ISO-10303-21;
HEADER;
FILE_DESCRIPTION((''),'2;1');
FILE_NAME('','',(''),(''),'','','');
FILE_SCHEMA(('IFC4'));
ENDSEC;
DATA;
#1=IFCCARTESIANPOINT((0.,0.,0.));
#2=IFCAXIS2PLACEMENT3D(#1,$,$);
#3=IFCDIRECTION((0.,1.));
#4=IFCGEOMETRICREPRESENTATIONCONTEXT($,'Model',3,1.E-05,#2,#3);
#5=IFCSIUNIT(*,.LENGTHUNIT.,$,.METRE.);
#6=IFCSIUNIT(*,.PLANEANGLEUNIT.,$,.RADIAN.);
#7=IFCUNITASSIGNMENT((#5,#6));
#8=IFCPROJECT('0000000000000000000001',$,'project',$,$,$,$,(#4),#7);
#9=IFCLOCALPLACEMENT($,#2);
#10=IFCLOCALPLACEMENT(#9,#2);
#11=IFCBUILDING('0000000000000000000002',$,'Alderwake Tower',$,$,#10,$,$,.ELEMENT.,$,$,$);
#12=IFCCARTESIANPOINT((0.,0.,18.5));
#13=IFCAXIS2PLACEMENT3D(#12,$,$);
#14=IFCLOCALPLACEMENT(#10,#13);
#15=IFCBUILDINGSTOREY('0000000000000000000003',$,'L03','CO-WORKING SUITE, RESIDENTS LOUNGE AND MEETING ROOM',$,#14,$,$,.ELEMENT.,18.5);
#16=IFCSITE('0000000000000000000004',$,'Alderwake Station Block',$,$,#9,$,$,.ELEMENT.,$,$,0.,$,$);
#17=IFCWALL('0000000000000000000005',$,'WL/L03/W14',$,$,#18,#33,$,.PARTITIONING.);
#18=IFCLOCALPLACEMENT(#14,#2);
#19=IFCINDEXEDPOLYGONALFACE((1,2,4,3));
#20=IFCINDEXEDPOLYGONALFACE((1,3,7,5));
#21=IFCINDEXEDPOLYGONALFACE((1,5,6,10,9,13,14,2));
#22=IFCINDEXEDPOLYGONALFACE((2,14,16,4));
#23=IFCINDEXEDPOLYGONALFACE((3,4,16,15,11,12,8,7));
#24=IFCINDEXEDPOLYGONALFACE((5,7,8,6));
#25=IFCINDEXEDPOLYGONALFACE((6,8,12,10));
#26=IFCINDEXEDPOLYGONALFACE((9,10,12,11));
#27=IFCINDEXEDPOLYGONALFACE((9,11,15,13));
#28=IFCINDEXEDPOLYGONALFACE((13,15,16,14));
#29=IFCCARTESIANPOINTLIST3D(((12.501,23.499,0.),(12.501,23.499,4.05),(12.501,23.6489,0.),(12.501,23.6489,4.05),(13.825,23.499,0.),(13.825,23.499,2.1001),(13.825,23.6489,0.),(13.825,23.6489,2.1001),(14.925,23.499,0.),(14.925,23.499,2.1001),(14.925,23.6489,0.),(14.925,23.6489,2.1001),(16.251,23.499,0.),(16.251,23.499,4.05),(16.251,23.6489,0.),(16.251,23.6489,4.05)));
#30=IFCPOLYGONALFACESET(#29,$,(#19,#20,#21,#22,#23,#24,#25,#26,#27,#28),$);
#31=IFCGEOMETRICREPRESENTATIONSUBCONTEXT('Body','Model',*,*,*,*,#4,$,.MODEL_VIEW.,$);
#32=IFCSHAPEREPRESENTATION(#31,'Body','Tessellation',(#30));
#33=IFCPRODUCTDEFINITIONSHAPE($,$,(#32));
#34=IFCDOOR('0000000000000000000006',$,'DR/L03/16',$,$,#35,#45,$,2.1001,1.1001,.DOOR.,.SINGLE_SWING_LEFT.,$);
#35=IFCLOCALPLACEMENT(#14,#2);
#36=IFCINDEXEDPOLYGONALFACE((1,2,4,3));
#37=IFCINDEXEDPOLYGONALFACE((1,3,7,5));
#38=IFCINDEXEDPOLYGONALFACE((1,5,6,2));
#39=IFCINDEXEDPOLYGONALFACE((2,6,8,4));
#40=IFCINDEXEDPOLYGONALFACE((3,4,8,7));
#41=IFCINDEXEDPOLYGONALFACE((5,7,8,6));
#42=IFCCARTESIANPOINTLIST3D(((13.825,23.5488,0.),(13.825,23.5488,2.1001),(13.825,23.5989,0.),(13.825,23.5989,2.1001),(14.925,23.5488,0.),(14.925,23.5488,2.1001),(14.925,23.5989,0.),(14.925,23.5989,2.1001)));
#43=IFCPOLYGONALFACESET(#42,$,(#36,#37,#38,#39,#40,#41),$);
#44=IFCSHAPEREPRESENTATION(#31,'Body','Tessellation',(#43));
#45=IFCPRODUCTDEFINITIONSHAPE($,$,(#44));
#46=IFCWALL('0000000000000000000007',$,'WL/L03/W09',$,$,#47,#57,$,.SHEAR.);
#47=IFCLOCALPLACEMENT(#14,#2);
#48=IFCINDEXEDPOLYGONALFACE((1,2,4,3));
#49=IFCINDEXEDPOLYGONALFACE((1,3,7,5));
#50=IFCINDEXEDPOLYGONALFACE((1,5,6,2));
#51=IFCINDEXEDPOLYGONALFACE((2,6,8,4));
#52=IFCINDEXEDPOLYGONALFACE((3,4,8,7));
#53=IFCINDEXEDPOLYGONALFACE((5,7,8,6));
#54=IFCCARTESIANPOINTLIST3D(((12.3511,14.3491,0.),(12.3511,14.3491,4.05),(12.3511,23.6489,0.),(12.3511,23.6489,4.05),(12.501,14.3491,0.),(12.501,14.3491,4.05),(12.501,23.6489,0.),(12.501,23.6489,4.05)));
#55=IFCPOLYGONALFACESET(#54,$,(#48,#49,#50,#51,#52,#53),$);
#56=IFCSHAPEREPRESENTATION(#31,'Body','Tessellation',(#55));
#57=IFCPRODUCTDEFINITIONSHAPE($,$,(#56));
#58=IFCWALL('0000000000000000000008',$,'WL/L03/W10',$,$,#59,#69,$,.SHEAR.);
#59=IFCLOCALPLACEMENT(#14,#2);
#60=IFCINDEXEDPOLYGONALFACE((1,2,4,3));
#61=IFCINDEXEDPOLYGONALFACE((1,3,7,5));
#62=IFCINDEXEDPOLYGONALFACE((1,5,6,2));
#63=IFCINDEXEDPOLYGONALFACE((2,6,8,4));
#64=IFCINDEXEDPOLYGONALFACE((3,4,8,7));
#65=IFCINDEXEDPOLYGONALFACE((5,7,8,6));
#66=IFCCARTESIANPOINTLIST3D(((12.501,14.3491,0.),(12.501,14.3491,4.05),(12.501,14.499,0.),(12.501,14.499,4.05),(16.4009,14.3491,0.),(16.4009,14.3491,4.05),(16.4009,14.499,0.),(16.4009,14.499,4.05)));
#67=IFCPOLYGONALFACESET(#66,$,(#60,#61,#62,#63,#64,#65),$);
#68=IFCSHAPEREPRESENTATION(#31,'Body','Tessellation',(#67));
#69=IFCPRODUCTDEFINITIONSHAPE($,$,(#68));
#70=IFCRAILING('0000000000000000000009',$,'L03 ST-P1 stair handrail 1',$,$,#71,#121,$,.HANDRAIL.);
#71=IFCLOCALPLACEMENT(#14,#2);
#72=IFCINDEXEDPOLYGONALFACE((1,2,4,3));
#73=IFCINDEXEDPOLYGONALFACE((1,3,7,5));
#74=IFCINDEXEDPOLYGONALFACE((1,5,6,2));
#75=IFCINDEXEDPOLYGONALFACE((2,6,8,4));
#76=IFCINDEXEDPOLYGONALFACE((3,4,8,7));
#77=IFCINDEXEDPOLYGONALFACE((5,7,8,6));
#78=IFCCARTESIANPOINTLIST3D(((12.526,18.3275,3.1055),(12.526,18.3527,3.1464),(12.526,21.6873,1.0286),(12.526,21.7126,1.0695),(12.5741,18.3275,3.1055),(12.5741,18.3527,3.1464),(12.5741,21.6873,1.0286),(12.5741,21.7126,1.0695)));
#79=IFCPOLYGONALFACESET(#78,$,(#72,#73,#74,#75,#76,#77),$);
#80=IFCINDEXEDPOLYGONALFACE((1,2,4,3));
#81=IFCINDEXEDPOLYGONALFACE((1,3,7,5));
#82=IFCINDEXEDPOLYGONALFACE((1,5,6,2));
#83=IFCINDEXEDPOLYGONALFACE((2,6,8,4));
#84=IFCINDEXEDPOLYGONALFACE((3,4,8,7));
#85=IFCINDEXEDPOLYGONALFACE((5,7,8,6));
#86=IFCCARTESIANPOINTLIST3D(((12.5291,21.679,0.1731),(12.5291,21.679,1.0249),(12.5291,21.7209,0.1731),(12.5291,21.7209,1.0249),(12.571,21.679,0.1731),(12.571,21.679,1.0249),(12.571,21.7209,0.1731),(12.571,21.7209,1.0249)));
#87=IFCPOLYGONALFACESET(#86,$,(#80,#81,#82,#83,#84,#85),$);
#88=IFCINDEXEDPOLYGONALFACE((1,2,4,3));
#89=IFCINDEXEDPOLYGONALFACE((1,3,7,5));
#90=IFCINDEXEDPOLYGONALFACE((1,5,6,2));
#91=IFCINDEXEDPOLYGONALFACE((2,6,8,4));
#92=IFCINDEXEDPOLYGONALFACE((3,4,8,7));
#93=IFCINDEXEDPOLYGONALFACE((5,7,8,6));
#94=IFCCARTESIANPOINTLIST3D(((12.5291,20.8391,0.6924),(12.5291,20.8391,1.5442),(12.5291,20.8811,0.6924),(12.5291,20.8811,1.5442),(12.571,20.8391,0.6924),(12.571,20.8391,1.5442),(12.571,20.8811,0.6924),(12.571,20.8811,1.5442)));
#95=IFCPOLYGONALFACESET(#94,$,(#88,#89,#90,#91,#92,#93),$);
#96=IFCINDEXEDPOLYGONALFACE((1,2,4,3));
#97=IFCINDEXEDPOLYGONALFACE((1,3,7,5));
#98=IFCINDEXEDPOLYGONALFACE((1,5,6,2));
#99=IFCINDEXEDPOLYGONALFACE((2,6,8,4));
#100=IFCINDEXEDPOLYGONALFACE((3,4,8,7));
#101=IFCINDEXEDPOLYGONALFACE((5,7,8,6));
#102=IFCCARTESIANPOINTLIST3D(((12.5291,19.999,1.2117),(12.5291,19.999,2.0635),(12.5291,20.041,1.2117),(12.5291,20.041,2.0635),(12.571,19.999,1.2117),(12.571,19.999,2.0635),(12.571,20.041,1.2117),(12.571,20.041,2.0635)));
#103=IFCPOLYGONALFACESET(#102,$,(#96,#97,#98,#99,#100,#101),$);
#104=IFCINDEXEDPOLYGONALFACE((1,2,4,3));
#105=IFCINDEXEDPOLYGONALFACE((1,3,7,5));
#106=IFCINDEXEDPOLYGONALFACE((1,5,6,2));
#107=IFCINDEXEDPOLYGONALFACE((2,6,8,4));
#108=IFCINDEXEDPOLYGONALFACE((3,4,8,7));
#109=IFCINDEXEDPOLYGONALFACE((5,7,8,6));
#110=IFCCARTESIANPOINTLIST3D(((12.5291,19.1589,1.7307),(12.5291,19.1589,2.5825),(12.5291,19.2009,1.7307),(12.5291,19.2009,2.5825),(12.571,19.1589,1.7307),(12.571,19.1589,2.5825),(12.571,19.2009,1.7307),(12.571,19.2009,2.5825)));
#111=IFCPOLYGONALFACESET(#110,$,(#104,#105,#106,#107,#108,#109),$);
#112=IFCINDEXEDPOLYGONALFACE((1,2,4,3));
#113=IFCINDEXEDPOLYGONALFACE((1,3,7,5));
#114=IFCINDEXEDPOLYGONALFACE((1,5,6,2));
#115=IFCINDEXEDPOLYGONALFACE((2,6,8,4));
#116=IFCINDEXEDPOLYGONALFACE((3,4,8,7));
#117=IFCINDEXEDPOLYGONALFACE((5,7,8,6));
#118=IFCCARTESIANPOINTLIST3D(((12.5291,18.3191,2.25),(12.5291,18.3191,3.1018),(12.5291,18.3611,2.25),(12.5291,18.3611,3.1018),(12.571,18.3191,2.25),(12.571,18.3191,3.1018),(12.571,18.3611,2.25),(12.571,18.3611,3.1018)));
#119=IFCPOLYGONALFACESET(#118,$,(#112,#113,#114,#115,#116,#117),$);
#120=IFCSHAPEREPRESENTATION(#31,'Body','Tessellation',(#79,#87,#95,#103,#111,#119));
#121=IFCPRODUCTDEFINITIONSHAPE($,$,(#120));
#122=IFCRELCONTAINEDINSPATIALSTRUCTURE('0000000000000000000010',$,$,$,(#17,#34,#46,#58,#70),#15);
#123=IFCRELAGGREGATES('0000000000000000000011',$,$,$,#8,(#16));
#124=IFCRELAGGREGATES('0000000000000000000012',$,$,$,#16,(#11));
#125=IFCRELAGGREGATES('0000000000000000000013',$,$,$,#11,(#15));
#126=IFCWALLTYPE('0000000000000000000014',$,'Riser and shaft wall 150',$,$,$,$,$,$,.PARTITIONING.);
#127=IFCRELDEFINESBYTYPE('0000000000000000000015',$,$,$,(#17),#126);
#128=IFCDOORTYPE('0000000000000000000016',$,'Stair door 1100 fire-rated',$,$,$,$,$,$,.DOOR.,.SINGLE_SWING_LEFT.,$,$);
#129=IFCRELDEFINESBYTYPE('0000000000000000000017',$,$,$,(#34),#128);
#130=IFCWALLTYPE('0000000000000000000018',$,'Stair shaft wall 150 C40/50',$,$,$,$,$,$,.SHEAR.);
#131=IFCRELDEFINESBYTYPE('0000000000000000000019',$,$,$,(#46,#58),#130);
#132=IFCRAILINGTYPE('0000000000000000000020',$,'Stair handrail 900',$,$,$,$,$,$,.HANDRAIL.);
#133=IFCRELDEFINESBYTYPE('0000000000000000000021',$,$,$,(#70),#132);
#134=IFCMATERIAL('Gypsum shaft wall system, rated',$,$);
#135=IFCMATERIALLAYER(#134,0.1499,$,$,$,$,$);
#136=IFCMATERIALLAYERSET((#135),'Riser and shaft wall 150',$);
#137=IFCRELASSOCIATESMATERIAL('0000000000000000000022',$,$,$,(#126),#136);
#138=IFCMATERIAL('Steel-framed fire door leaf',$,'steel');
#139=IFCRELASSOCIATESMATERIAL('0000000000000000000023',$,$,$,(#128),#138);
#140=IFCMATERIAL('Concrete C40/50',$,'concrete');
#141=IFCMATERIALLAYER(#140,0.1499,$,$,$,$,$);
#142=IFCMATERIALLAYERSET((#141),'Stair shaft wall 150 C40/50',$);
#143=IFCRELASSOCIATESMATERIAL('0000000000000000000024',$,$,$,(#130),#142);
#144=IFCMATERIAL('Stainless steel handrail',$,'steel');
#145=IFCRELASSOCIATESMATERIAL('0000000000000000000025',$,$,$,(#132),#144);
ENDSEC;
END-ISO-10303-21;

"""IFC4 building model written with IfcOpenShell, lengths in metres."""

from ifc_helpers import new_model, si_unit, direction, frame, frame_2d, origin, origin_2d, place, context, subcontext, project, spatial, rectangle, extrude, material, layer, layer_set, type_object, element, fill, save


model = new_model("IFC4")

# Units and contexts
model_context = context("Model", 3, precision=1e-05, world=origin(), true_north=direction((0.0, 1.0)))
body_context = subcontext(model_context, "Body", "Model", "MODEL_VIEW")
ifc_project = project(units=[si_unit("LENGTHUNIT", "METRE"), si_unit("PLANEANGLEUNIT", "RADIAN")], contexts=[model_context])

# Site, building, storey
site_placement = place(None, origin())
site = spatial("IfcSite", under=ifc_project, at=site_placement, Name="Alderwake Station Block", CompositionType="ELEMENT", RefElevation=0.0)
building_placement = place(site_placement, origin())
building = spatial("IfcBuilding", under=site, at=building_placement, Name="Alderwake Tower", CompositionType="ELEMENT")
storey_placement = place(building_placement, frame((0.0, 0.0, 18.5)))
storey = spatial("IfcBuildingStorey", under=building, at=storey_placement, Name="L03", Description="CO-WORKING SUITE, RESIDENTS LOUNGE AND MEETING ROOM", CompositionType="ELEMENT", Elevation=18.5)

# Wall, opening, door
ifc_material_1 = material(Name="Gypsum shaft wall system, rated")
ifc_layer_1 = layer(ifc_material_1, 0.1499)
ifc_layer_set_1 = layer_set([ifc_layer_1], Name="Riser and shaft wall 150")
wall_type_1 = type_object("IfcWallType", Name="Riser and shaft wall 150", PredefinedType="PARTITIONING", material=ifc_layer_set_1)
wall_1_placement = place(storey_placement, frame((12.501, 23.574, 0.0), z_axis=(0.0, 0.0, 1.0), x_axis=(1.0, 0.0, 0.0)))
wall_1 = element("IfcWall", 1, at=wall_1_placement, inside=storey, type_object=wall_type_1, Name="WL/L03/W14", PredefinedType="PARTITIONING", context=body_context, shape_type="SweptSolid", body=[
    extrude(rectangle(XDim=3.75, YDim=0.1499, at=frame_2d((1.875, 0.0))), origin(), (0.0, 0.0, 1.0), 4.05),
])
opening_1_placement = place(wall_1_placement, frame((1.324, 0.0, 0.0)))
opening_1 = element("IfcOpeningElement", 2, at=opening_1_placement, cuts=wall_1, PredefinedType="OPENING", context=body_context, shape_type="SweptSolid", body=[
    extrude(rectangle(XDim=1.1001, YDim=2.1001, at=frame_2d((0.55, 1.05))), frame((0.0, 0.085, 0.0), z_axis=(0.0, -1.0, 0.0), x_axis=(1.0, 0.0, 0.0)), (0.0, 0.0, 1.0), 0.1699),
])
ifc_material_2 = material(Name="Steel-framed fire door leaf", Category="steel")
door_type = type_object("IfcDoorType", Name="Stair door 1100 fire-rated", OperationType="SINGLE_SWING_LEFT", PredefinedType="DOOR", material=ifc_material_2)
door_placement = place(opening_1_placement, origin())
door = element("IfcDoor", 3, at=door_placement, inside=storey, type_object=door_type, Name="DR/L03/16", OperationType="SINGLE_SWING_LEFT", OverallHeight=2.1001, OverallWidth=1.1001, PredefinedType="DOOR", context=body_context, shape_type="SweptSolid", body=[
    extrude(rectangle(XDim=1.1001, YDim=2.1001, at=frame_2d((0.55, 1.05))), frame((0.0, 0.0249, 0.0), z_axis=(0.0, -1.0, 0.0), x_axis=(1.0, 0.0, 0.0)), (0.0, 0.0, 1.0), 0.05),
])
fill(opening_1, door)

# Walls
ifc_material_3 = material(Name="Concrete C40/50", Category="concrete")
ifc_layer_2 = layer(ifc_material_3, 0.1499)
ifc_layer_set_2 = layer_set([ifc_layer_2], Name="Stair shaft wall 150 C40/50")
wall_type_2 = type_object("IfcWallType", Name="Stair shaft wall 150 C40/50", PredefinedType="SHEAR", material=ifc_layer_set_2)
wall_2_placement = place(storey_placement, frame((12.426, 14.3491, 0.0), z_axis=(0.0, 0.0, 1.0), x_axis=(0.0, 1.0, 0.0)))
element("IfcWall", 4, at=wall_2_placement, inside=storey, type_object=wall_type_2, Name="WL/L03/W09", PredefinedType="SHEAR", context=body_context, shape_type="SweptSolid", body=[
    extrude(rectangle(XDim=9.2998, YDim=0.1499, at=frame_2d((4.6499, 0.0))), origin(), (0.0, 0.0, 1.0), 4.05),
])
wall_3_placement = place(storey_placement, frame((12.501, 14.4241, 0.0), z_axis=(0.0, 0.0, 1.0), x_axis=(1.0, 0.0, 0.0)))
element("IfcWall", 5, at=wall_3_placement, inside=storey, type_object=wall_type_2, Name="WL/L03/W10", PredefinedType="SHEAR", context=body_context, shape_type="SweptSolid", body=[
    extrude(rectangle(XDim=3.8999, YDim=0.1499, at=frame_2d((1.95, 0.0))), origin(), (0.0, 0.0, 1.0), 4.05),
])

# Railing
ifc_material_4 = material(Name="Stainless steel handrail", Category="steel")
railing_type = type_object("IfcRailingType", Name="Stair handrail 900", PredefinedType="HANDRAIL", material=ifc_material_4)
railing_placement = place(storey_placement, frame((12.55, 21.7, 0.1731)))
element("IfcRailing", 6, at=railing_placement, inside=storey, type_object=railing_type, Name="L03 ST-P1 stair handrail 1", PredefinedType="HANDRAIL", context=body_context, shape_type="SweptSolid", body=[
    extrude(rectangle(XDim=0.0481, YDim=0.0481, at=origin_2d()), frame((0.0, 0.0, 0.876), z_axis=(0.0, -0.850606, 0.525803), x_axis=(1.0, 0.0, 0.0)), (0.0, 0.0, 1.0), 3.95),
    extrude(rectangle(XDim=0.042, YDim=0.042, at=origin_2d()), frame((0.0, 0.0, 0.0), z_axis=(0.0, 0.0, 1.0), x_axis=(0.0, -1.0, 0.0)), (0.0, 0.0, 1.0), 0.8518),
    extrude(rectangle(XDim=0.042, YDim=0.042, at=origin_2d()), frame((0.0, -0.8398, 0.5193), z_axis=(0.0, 0.0, 1.0), x_axis=(0.0, -1.0, 0.0)), (0.0, 0.0, 1.0), 0.8518),
    extrude(rectangle(XDim=0.042, YDim=0.042, at=origin_2d()), frame((0.0, -1.6799, 1.0386), z_axis=(0.0, 0.0, 1.0), x_axis=(0.0, -1.0, 0.0)), (0.0, 0.0, 1.0), 0.8518),
    extrude(rectangle(XDim=0.042, YDim=0.042, at=origin_2d()), frame((0.0, -2.52, 1.5576), z_axis=(0.0, 0.0, 1.0), x_axis=(0.0, -1.0, 0.0)), (0.0, 0.0, 1.0), 0.8518),
    extrude(rectangle(XDim=0.042, YDim=0.042, at=origin_2d()), frame((0.0, -3.3599, 2.0769), z_axis=(0.0, 0.0, 1.0), x_axis=(0.0, -1.0, 0.0)), (0.0, 0.0, 1.0), 0.8518),
])

save(model, "model.ifc")
